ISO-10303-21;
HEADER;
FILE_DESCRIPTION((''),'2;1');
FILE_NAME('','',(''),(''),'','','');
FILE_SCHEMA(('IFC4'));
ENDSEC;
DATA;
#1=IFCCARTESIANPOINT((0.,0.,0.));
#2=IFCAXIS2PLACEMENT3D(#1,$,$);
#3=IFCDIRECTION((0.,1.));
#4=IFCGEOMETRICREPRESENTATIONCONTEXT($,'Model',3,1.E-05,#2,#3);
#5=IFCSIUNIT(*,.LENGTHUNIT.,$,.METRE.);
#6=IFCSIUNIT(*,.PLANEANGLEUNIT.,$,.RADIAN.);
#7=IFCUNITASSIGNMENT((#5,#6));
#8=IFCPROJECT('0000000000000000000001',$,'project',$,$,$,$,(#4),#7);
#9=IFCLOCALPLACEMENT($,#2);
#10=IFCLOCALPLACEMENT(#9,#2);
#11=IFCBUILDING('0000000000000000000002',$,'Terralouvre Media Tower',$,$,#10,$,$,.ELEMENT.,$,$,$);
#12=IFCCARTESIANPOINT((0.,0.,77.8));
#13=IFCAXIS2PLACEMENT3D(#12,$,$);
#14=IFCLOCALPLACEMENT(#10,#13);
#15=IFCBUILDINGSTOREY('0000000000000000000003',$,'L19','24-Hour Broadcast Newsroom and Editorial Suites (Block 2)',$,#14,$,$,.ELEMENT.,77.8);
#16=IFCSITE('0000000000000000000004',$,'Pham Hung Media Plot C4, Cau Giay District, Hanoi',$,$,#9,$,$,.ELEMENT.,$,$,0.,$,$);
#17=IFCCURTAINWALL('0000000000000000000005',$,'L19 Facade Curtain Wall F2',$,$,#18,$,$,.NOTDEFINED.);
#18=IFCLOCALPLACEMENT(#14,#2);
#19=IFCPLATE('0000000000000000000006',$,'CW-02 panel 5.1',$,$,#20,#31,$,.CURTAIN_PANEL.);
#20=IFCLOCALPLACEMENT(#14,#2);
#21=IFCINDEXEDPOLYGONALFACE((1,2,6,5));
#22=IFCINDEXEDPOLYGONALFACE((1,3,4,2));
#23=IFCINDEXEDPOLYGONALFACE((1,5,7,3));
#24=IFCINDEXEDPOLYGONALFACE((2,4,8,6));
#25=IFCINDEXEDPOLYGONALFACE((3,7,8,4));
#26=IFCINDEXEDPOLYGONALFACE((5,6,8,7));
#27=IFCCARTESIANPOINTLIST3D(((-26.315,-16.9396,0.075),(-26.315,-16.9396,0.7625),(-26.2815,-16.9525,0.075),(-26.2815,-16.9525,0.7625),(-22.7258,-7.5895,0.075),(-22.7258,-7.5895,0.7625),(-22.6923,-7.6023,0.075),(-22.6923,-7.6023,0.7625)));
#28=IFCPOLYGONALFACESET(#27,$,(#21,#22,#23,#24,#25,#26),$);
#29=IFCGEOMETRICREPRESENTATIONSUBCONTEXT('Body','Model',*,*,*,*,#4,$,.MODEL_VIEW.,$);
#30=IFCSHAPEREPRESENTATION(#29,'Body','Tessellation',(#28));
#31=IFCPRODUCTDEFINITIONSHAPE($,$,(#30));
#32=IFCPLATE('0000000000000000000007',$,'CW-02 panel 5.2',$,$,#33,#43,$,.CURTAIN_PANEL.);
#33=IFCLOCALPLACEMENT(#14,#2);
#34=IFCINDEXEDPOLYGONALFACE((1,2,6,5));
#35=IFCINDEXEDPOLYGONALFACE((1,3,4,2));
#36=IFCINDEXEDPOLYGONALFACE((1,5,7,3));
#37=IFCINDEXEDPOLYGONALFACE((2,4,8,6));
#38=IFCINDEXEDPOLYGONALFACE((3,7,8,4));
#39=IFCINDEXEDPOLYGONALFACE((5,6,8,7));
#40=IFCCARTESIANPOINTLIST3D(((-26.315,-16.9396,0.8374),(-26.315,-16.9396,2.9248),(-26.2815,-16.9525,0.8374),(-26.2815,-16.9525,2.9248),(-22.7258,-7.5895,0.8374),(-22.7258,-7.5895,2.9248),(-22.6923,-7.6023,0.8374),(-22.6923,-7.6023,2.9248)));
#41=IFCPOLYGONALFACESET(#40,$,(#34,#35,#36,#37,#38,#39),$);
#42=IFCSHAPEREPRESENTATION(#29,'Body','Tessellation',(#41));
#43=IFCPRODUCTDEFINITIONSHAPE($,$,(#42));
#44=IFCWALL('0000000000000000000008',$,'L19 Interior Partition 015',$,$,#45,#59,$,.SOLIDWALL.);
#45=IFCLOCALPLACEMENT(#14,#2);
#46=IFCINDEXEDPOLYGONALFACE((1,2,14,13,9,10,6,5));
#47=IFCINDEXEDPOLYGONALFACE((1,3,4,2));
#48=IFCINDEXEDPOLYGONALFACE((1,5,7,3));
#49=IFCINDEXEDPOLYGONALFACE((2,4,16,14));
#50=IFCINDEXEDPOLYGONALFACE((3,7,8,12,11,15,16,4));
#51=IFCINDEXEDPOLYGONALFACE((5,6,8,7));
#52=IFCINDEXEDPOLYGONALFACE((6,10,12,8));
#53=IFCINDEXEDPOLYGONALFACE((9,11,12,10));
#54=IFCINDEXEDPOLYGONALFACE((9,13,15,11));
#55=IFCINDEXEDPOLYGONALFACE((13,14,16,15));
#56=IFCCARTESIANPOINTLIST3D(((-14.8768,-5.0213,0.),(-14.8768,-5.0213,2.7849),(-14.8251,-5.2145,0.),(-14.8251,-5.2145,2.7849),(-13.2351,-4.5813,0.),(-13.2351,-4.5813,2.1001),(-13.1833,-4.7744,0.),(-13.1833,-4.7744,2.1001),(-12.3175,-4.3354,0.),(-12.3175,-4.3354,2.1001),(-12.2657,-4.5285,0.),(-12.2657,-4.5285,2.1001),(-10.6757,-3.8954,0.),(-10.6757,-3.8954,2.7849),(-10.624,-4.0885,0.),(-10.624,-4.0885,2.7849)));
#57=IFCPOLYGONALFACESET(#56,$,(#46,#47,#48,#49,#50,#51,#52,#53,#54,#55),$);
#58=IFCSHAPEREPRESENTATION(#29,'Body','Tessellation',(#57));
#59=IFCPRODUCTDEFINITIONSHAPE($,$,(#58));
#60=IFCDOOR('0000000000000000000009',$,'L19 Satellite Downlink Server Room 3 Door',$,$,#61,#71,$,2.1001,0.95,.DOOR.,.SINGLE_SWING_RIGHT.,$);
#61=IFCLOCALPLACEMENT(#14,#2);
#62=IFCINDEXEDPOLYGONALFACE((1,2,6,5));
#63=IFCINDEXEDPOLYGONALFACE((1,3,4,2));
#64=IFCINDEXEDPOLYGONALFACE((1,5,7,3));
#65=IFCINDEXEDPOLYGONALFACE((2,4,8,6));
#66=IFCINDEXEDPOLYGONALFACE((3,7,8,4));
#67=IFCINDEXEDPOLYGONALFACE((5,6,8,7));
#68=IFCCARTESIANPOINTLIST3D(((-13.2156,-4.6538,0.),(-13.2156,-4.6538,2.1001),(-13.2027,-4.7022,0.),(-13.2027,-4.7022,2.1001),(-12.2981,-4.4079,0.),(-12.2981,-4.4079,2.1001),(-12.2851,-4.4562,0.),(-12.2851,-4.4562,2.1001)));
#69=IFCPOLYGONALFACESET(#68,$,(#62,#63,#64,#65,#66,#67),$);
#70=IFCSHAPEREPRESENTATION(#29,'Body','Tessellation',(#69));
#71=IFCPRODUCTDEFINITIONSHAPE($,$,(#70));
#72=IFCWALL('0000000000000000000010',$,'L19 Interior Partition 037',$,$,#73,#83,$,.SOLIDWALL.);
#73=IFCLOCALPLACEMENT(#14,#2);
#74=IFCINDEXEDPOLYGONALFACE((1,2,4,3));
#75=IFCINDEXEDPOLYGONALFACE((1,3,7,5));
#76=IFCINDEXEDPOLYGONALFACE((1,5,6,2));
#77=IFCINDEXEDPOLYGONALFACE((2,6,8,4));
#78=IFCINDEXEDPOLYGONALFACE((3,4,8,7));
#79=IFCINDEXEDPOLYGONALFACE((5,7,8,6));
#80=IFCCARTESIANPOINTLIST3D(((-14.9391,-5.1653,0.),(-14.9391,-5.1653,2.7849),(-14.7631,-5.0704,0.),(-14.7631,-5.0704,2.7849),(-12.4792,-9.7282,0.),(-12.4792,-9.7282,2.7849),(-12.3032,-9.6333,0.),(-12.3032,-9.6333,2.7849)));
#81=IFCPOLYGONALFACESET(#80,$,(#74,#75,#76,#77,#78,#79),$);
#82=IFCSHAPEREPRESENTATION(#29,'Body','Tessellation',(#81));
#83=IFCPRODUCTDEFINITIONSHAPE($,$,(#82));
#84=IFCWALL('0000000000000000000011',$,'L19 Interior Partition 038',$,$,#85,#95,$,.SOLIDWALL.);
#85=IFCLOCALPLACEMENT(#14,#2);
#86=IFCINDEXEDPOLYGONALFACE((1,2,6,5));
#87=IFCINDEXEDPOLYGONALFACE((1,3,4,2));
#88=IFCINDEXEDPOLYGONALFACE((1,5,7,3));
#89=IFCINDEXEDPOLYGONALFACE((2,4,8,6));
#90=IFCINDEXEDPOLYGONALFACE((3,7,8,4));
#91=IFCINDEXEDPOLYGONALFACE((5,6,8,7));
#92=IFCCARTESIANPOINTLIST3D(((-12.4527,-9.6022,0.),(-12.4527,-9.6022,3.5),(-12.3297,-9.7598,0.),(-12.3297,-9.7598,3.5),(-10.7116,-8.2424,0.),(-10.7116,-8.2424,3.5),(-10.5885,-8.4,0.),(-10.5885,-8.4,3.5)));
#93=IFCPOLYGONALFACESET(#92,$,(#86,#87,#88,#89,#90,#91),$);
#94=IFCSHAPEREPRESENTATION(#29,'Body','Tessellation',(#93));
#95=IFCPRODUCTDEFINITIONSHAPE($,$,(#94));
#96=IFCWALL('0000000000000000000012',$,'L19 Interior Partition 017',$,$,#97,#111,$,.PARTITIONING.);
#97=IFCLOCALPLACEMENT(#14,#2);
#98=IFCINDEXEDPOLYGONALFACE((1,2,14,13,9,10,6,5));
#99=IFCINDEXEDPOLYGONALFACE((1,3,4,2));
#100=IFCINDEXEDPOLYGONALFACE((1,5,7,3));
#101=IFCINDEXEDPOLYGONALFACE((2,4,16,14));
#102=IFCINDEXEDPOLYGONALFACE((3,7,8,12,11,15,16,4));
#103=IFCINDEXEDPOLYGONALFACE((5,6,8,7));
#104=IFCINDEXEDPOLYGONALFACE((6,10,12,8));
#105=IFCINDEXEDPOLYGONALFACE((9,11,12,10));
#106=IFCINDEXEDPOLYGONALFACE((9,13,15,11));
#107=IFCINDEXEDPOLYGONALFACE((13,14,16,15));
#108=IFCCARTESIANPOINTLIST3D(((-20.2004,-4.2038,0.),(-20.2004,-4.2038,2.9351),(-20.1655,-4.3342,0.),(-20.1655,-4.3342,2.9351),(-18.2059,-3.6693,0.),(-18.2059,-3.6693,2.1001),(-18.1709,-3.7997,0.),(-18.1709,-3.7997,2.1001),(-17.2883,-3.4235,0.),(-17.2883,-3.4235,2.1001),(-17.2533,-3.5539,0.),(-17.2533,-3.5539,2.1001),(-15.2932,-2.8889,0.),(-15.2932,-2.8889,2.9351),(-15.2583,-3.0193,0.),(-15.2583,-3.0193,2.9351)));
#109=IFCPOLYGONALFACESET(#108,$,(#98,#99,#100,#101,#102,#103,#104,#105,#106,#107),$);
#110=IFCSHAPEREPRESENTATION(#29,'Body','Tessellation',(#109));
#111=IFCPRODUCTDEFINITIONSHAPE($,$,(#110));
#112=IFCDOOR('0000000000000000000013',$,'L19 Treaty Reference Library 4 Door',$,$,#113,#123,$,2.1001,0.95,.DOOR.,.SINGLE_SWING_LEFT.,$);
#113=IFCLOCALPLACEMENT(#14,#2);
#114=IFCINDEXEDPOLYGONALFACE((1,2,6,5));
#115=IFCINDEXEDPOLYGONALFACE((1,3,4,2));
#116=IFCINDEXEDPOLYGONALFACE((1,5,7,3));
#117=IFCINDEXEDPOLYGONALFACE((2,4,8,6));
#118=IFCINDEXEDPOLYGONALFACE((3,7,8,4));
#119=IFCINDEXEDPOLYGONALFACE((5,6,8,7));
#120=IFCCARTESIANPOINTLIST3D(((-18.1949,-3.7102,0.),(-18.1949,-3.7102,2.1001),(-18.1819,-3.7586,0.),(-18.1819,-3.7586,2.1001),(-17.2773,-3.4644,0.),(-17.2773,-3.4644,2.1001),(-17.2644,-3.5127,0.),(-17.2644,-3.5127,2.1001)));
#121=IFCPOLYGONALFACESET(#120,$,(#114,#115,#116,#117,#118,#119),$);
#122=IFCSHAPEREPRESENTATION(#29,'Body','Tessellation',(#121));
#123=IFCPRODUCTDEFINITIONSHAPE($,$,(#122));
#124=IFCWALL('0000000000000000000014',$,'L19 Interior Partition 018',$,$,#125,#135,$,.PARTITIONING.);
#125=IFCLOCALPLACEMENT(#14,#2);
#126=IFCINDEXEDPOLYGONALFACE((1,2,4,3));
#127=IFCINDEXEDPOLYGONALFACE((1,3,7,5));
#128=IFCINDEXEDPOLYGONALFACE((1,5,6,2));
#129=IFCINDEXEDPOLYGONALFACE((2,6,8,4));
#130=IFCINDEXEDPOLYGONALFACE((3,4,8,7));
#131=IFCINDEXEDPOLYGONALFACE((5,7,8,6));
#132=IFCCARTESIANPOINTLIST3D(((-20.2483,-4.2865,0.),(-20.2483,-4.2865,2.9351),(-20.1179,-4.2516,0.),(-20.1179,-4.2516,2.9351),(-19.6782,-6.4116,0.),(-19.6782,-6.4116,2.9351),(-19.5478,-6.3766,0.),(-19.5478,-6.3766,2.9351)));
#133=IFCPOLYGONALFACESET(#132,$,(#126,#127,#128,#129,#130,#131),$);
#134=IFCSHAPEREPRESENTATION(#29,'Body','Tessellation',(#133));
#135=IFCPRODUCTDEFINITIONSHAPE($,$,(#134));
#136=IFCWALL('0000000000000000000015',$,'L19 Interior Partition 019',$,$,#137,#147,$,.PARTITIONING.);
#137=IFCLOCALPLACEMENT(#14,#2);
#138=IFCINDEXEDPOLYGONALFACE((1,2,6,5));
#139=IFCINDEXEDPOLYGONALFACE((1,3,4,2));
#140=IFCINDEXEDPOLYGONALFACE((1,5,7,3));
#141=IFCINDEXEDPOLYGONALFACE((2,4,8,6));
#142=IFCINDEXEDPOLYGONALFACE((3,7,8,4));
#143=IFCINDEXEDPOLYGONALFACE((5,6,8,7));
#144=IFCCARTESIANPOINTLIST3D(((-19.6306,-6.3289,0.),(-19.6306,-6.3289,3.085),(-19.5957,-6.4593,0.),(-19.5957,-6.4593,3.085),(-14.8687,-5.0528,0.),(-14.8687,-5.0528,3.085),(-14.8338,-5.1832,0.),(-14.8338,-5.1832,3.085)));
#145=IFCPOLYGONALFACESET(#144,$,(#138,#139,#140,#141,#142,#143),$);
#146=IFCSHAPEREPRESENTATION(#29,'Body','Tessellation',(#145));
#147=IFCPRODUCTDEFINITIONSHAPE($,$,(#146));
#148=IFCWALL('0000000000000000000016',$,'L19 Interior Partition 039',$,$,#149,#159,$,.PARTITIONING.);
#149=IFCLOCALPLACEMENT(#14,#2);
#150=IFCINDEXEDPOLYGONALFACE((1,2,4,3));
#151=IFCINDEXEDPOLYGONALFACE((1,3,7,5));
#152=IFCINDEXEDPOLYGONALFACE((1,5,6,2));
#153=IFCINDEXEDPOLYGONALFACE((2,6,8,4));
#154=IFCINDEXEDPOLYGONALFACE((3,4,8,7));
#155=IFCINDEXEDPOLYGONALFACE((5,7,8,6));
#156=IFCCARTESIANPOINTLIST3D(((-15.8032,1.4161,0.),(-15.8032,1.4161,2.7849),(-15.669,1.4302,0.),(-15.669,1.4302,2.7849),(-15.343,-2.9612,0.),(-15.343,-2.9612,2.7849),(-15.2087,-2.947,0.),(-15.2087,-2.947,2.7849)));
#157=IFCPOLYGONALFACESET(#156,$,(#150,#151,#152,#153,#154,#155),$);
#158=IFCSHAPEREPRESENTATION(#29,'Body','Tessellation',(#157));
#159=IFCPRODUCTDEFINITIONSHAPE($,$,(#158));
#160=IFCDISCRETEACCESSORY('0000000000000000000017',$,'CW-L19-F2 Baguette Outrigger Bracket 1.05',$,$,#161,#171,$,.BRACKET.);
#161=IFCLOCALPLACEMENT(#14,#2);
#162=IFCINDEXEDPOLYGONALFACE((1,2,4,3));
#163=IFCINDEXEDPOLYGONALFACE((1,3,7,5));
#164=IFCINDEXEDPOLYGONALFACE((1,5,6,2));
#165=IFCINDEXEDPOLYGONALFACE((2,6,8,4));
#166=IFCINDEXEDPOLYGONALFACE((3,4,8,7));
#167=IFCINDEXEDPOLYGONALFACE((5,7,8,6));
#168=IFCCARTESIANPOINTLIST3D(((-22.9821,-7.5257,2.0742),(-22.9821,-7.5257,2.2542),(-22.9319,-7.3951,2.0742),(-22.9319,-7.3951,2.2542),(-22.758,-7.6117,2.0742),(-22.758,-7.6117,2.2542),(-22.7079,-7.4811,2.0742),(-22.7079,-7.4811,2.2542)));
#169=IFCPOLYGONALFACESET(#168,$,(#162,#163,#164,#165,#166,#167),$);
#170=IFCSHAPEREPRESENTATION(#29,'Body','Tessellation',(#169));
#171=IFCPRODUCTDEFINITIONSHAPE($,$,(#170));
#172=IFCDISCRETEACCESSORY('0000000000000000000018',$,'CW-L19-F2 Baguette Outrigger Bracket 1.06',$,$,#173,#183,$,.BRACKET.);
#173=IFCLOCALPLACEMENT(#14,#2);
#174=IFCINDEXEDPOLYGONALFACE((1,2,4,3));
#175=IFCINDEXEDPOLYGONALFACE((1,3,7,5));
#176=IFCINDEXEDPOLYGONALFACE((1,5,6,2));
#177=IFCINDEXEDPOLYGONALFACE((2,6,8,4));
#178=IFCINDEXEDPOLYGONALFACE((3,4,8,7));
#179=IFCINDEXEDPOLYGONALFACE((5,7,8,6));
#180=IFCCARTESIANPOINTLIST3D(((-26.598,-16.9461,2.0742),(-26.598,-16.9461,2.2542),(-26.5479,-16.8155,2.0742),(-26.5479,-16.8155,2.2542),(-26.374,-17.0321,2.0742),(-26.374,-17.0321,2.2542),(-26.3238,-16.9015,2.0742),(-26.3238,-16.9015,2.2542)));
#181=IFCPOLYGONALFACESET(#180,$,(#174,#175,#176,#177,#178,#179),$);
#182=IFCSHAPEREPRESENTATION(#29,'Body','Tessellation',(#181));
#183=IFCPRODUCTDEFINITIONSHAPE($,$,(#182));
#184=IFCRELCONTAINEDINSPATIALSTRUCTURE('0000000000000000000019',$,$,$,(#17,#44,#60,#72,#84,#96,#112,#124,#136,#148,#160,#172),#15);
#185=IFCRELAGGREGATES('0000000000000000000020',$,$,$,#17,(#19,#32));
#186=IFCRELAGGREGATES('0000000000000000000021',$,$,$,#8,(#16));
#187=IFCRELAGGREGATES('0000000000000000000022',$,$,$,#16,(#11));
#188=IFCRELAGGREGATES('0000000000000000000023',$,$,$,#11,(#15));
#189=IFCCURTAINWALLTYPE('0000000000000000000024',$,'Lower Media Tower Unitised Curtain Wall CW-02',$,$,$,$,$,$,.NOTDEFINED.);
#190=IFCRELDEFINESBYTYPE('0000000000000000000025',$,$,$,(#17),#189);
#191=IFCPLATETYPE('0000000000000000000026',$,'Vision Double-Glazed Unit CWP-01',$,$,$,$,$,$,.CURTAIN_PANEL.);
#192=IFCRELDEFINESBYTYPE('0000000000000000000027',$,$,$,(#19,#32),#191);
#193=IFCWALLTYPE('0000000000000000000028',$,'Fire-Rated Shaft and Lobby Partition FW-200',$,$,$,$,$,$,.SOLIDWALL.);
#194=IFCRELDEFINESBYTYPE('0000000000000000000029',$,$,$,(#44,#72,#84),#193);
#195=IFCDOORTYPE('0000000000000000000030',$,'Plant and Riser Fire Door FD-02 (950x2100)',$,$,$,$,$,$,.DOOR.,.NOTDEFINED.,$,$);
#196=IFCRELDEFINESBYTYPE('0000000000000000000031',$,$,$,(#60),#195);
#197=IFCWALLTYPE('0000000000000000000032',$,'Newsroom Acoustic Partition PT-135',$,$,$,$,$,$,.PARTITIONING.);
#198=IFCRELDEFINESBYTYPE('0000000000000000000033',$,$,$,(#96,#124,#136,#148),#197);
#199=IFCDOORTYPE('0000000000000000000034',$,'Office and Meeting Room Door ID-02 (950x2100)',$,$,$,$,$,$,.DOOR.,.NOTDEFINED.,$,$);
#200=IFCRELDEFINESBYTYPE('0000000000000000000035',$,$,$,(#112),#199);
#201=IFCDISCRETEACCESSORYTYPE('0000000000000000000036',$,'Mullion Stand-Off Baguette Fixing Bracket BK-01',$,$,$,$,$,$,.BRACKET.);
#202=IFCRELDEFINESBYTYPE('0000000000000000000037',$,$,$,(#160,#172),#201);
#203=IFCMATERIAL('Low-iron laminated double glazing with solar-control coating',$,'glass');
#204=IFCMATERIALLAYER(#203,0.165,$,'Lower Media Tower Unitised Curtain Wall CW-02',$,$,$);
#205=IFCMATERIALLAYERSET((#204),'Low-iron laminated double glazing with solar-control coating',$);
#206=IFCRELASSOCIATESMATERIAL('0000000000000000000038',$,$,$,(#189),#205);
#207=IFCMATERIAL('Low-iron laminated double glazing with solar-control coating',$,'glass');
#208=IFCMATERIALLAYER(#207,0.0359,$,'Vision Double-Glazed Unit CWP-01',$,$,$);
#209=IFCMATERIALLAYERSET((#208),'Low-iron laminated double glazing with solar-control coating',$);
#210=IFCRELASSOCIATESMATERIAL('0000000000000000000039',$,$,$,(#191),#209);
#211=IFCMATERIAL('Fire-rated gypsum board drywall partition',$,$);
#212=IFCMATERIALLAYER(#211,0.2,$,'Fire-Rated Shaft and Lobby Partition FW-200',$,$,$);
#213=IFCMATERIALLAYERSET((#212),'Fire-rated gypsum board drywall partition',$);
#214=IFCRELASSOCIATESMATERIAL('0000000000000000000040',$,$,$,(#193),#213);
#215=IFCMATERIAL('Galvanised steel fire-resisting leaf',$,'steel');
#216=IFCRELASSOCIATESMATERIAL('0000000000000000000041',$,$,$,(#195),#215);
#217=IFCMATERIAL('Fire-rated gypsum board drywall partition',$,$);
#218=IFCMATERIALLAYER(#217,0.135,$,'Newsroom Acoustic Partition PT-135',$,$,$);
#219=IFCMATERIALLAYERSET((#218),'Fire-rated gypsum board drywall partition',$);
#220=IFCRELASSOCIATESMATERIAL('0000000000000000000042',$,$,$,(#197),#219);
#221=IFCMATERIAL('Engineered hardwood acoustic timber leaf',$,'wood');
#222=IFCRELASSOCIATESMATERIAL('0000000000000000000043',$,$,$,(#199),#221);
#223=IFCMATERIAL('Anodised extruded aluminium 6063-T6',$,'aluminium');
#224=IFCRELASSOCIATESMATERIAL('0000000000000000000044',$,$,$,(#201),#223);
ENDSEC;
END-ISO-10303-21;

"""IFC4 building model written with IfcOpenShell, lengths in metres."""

from ifc_helpers import new_model, si_unit, direction, frame, frame_2d, origin, origin_2d, place, context, subcontext, project, spatial, rectangle, extrude, material, layer, layer_set, type_object, element, fill, aggregate, save


model = new_model("IFC4")

# Units and contexts
model_context = context("Model", 3, precision=1e-05, world=origin(), true_north=direction((0.0, 1.0)))
body_context = subcontext(model_context, "Body", "Model", "MODEL_VIEW")
ifc_project = project(units=[si_unit("LENGTHUNIT", "METRE"), si_unit("PLANEANGLEUNIT", "RADIAN")], contexts=[model_context])

# Site, building, storey
site_placement = place(None, origin())
site = spatial("IfcSite", under=ifc_project, at=site_placement, Name="Pham Hung Media Plot C4, Cau Giay District, Hanoi", CompositionType="ELEMENT", RefElevation=0.0)
building_placement = place(site_placement, origin())
building = spatial("IfcBuilding", under=site, at=building_placement, Name="Terralouvre Media Tower", CompositionType="ELEMENT")
storey_placement = place(building_placement, frame((0.0, 0.0, 77.8)))
storey = spatial("IfcBuildingStorey", under=building, at=storey_placement, Name="L19", Description="24-Hour Broadcast Newsroom and Editorial Suites (Block 2)", CompositionType="ELEMENT", Elevation=77.8)

# Curtain wall
ifc_material_1 = material(Name="Low-iron laminated double glazing with solar-control coating", Category="glass")
ifc_layer_1 = layer(ifc_material_1, 0.165, Name="Lower Media Tower Unitised Curtain Wall CW-02")
ifc_layer_set_1 = layer_set([ifc_layer_1], Name="Low-iron laminated double glazing with solar-control coating")
curtain_wall_type_1 = type_object("IfcCurtainWallType", Name="Lower Media Tower Unitised Curtain Wall CW-02", PredefinedType="NOTDEFINED", material=ifc_layer_set_1)
curtain_wall_1_placement = place(storey_placement, origin())
curtain_wall_1 = element("IfcCurtainWall", 1, at=curtain_wall_1_placement, inside=storey, type_object=curtain_wall_type_1, Name="L19 Facade Curtain Wall F2", PredefinedType="NOTDEFINED")

# Plates
ifc_material_2 = material(Name="Low-iron laminated double glazing with solar-control coating", Category="glass")
ifc_layer_2 = layer(ifc_material_2, 0.0359, Name="Vision Double-Glazed Unit CWP-01")
ifc_layer_set_2 = layer_set([ifc_layer_2], Name="Low-iron laminated double glazing with solar-control coating")
plate_type = type_object("IfcPlateType", Name="Vision Double-Glazed Unit CWP-01", PredefinedType="CURTAIN_PANEL", material=ifc_layer_set_2)
plate_1_placement = place(storey_placement, frame((-24.5037, -12.271, 0.075), z_axis=(0.0, 0.0, 1.0), x_axis=(-0.358368, -0.93358, 0.0)))
plate_1 = element("IfcPlate", 2, at=plate_1_placement, type_object=plate_type, Name="CW-02 panel 5.1", PredefinedType="CURTAIN_PANEL", context=body_context, shape_type="SweptSolid", body=[
    extrude(rectangle(XDim=10.0154, YDim=0.0359, at=origin_2d()), origin(), (0.0, 0.0, 1.0), 0.6875),
])
plate_2_placement = place(storey_placement, frame((-24.5037, -12.271, 0.8374), z_axis=(0.0, 0.0, 1.0), x_axis=(-0.358368, -0.93358, 0.0)))
plate_2 = element("IfcPlate", 3, at=plate_2_placement, type_object=plate_type, Name="CW-02 panel 5.2", PredefinedType="CURTAIN_PANEL", context=body_context, shape_type="SweptSolid", body=[
    extrude(rectangle(XDim=10.0154, YDim=0.0359, at=origin_2d()), origin(), (0.0, 0.0, 1.0), 2.0874),
])
aggregate(curtain_wall_1, [plate_1, plate_2])

# Wall, opening, door
ifc_material_3 = material(Name="Fire-rated gypsum board drywall partition")
ifc_layer_3 = layer(ifc_material_3, 0.2, Name="Fire-Rated Shaft and Lobby Partition FW-200")
ifc_layer_set_3 = layer_set([ifc_layer_3], Name="Fire-rated gypsum board drywall partition")
wall_type_1 = type_object("IfcWallType", Name="Fire-Rated Shaft and Lobby Partition FW-200", PredefinedType="SOLIDWALL", material=ifc_layer_set_3)
wall_1_placement = place(storey_placement, frame((-14.8511, -5.1179, 0.0), z_axis=(0.0, 0.0, 1.0), x_axis=(0.96591, 0.258878, 0.0)))
wall_1 = element("IfcWall", 4, at=wall_1_placement, inside=storey, type_object=wall_type_1, Name="L19 Interior Partition 015", PredefinedType="SOLIDWALL", context=body_context, shape_type="SweptSolid", body=[
    extrude(rectangle(XDim=4.3494, YDim=0.2, at=frame_2d((2.1748, 0.0))), origin(), (0.0, 0.0, 1.0), 2.7849),
])
opening_1_placement = place(wall_1_placement, frame((1.6997, 0.0, 0.0)))
opening_1 = element("IfcOpeningElement", 5, at=opening_1_placement, cuts=wall_1, PredefinedType="OPENING", context=body_context, shape_type="SweptSolid", body=[
    extrude(rectangle(XDim=0.95, YDim=2.1001, at=frame_2d((0.4751, 1.05))), frame((0.0, 0.1099, 0.0), z_axis=(0.0, -1.0, 0.0), x_axis=(1.0, 0.0, 0.0)), (0.0, 0.0, 1.0), 0.22),
])
ifc_material_4 = material(Name="Galvanised steel fire-resisting leaf", Category="steel")
door_type_1 = type_object("IfcDoorType", Name="Plant and Riser Fire Door FD-02 (950x2100)", OperationType="NOTDEFINED", PredefinedType="DOOR", material=ifc_material_4)
door_1_placement = place(opening_1_placement, origin())
door_1 = element("IfcDoor", 6, at=door_1_placement, inside=storey, type_object=door_type_1, Name="L19 Satellite Downlink Server Room 3 Door", OperationType="SINGLE_SWING_RIGHT", OverallHeight=2.1001, OverallWidth=0.95, PredefinedType="DOOR", context=body_context, shape_type="SweptSolid", body=[
    extrude(rectangle(XDim=0.95, YDim=2.1001, at=frame_2d((0.4751, 1.05))), frame((0.0, 0.0249, 0.0), z_axis=(0.0, -1.0, 0.0), x_axis=(1.0, 0.0, 0.0)), (0.0, 0.0, 1.0), 0.05),
])
fill(opening_1, door_1)

# Walls
wall_2_placement = place(storey_placement, frame((-14.8511, -5.1179, 0.0), z_axis=(0.0, 0.0, 1.0), x_axis=(0.474544, -0.880232, 0.0)))
element("IfcWall", 7, at=wall_2_placement, inside=storey, type_object=wall_type_1, Name="L19 Interior Partition 037", PredefinedType="SOLIDWALL", context=body_context, shape_type="SweptSolid", body=[
    extrude(rectangle(XDim=5.1838, YDim=0.2, at=frame_2d((2.5918, 0.0))), origin(), (0.0, 0.0, 1.0), 2.7849),
])
wall_3_placement = place(storey_placement, frame((-12.3911, -9.6809, 0.0), z_axis=(0.0, 0.0, 1.0), x_axis=(0.788125, 0.615515, 0.0)))
element("IfcWall", 8, at=wall_3_placement, inside=storey, type_object=wall_type_1, Name="L19 Interior Partition 038", PredefinedType="SOLIDWALL", context=body_context, shape_type="SweptSolid", body=[
    extrude(rectangle(XDim=2.2092, YDim=0.2, at=frame_2d((1.1045, 0.0))), origin(), (0.0, 0.0, 1.0), 3.5),
])

# Wall, opening, door
ifc_material_5 = material(Name="Fire-rated gypsum board drywall partition")
ifc_layer_4 = layer(ifc_material_5, 0.135, Name="Newsroom Acoustic Partition PT-135")
ifc_layer_set_4 = layer_set([ifc_layer_4], Name="Fire-rated gypsum board drywall partition")
wall_type_2 = type_object("IfcWallType", Name="Newsroom Acoustic Partition PT-135", PredefinedType="PARTITIONING", material=ifc_layer_set_4)
wall_4_placement = place(storey_placement, frame((-15.2759, -2.9541, 0.0), z_axis=(0.0, 0.0, 1.0), x_axis=(-0.965923, -0.258829, 0.0)))
wall_4 = element("IfcWall", 9, at=wall_4_placement, inside=storey, type_object=wall_type_2, Name="L19 Interior Partition 017", PredefinedType="PARTITIONING", context=body_context, shape_type="SweptSolid", body=[
    extrude(rectangle(XDim=5.0803, YDim=0.135, at=frame_2d((2.54, 0.0))), origin(), (0.0, 0.0, 1.0), 2.9351),
])
opening_2_placement = place(wall_4_placement, frame((2.0652, 0.0, 0.0)))
opening_2 = element("IfcOpeningElement", 10, at=opening_2_placement, cuts=wall_4, PredefinedType="OPENING", context=body_context, shape_type="SweptSolid", body=[
    extrude(rectangle(XDim=0.95, YDim=2.1001, at=frame_2d((0.4751, 1.05))), frame((0.0, 0.0774, 0.0), z_axis=(0.0, -1.0, 0.0), x_axis=(1.0, 0.0, 0.0)), (0.0, 0.0, 1.0), 0.155),
])
ifc_material_6 = material(Name="Engineered hardwood acoustic timber leaf", Category="wood")
door_type_2 = type_object("IfcDoorType", Name="Office and Meeting Room Door ID-02 (950x2100)", OperationType="NOTDEFINED", PredefinedType="DOOR", material=ifc_material_6)
door_2_placement = place(opening_2_placement, origin())
door_2 = element("IfcDoor", 11, at=door_2_placement, inside=storey, type_object=door_type_2, Name="L19 Treaty Reference Library 4 Door", OperationType="SINGLE_SWING_LEFT", OverallHeight=2.1001, OverallWidth=0.95, PredefinedType="DOOR", context=body_context, shape_type="SweptSolid", body=[
    extrude(rectangle(XDim=0.95, YDim=2.1001, at=frame_2d((0.4751, 1.05))), frame((0.0, 0.0249, 0.0), z_axis=(0.0, -1.0, 0.0), x_axis=(1.0, 0.0, 0.0)), (0.0, 0.0, 1.0), 0.05),
])
fill(opening_2, door_2)

# Walls
wall_5_placement = place(storey_placement, frame((-20.1831, -4.269, 0.0), z_axis=(0.0, 0.0, 1.0), x_axis=(0.259106, -0.965849, 0.0)))
element("IfcWall", 12, at=wall_5_placement, inside=storey, type_object=wall_type_2, Name="L19 Interior Partition 018", PredefinedType="PARTITIONING", context=body_context, shape_type="SweptSolid", body=[
    extrude(rectangle(XDim=2.2002, YDim=0.135, at=frame_2d((1.1001, 0.0))), origin(), (0.0, 0.0, 1.0), 2.9351),
])
wall_6_placement = place(storey_placement, frame((-19.613, -6.394, 0.0), z_axis=(0.0, 0.0, 1.0), x_axis=(0.965918, 0.258849, 0.0)))
element("IfcWall", 13, at=wall_6_placement, inside=storey, type_object=wall_type_2, Name="L19 Interior Partition 019", PredefinedType="PARTITIONING", context=body_context, shape_type="SweptSolid", body=[
    extrude(rectangle(XDim=4.9299, YDim=0.135, at=frame_2d((2.4648, 0.0))), origin(), (0.0, 0.0, 1.0), 3.085),
])
wall_7_placement = place(storey_placement, frame((-15.2759, -2.9541, 0.0), z_axis=(0.0, 0.0, 1.0), x_axis=(-0.104561, 0.994519, 0.0)))
element("IfcWall", 14, at=wall_7_placement, inside=storey, type_object=wall_type_2, Name="L19 Interior Partition 039", PredefinedType="PARTITIONING", context=body_context, shape_type="SweptSolid", body=[
    extrude(rectangle(XDim=4.4014, YDim=0.135, at=frame_2d((2.2007, 0.0))), origin(), (0.0, 0.0, 1.0), 2.7849),
])

# Discrete accessories
ifc_material_7 = material(Name="Anodised extruded aluminium 6063-T6", Category="aluminium")
discrete_accessory_type = type_object("IfcDiscreteAccessoryType", Name="Mullion Stand-Off Baguette Fixing Bracket BK-01", PredefinedType="BRACKET", material=ifc_material_7)
for number, where, z_axis, x_axis, name in (
    (15, (-22.845, -7.5034, 2.0742), (0.0, 0.0, 1.0), (-0.358368, -0.93358, 0.0), "CW-L19-F2 Baguette Outrigger Bracket 1.05"),
    (16, (-26.4609, -16.9238, 2.0742), (0.0, 0.0, 1.0), (-0.358368, -0.93358, 0.0), "CW-L19-F2 Baguette Outrigger Bracket 1.06"),
):
    element("IfcDiscreteAccessory", number, at=place(storey_placement, frame(where, z_axis=z_axis, x_axis=x_axis)), inside=storey, type_object=discrete_accessory_type, Name=name, PredefinedType="BRACKET", context=body_context, shape_type="SweptSolid", body=[
        extrude(rectangle(XDim=0.1399, YDim=0.24, at=origin_2d()), origin(), (0.0, 0.0, 1.0), 0.1799),
    ])

save(model, "model.ifc")
